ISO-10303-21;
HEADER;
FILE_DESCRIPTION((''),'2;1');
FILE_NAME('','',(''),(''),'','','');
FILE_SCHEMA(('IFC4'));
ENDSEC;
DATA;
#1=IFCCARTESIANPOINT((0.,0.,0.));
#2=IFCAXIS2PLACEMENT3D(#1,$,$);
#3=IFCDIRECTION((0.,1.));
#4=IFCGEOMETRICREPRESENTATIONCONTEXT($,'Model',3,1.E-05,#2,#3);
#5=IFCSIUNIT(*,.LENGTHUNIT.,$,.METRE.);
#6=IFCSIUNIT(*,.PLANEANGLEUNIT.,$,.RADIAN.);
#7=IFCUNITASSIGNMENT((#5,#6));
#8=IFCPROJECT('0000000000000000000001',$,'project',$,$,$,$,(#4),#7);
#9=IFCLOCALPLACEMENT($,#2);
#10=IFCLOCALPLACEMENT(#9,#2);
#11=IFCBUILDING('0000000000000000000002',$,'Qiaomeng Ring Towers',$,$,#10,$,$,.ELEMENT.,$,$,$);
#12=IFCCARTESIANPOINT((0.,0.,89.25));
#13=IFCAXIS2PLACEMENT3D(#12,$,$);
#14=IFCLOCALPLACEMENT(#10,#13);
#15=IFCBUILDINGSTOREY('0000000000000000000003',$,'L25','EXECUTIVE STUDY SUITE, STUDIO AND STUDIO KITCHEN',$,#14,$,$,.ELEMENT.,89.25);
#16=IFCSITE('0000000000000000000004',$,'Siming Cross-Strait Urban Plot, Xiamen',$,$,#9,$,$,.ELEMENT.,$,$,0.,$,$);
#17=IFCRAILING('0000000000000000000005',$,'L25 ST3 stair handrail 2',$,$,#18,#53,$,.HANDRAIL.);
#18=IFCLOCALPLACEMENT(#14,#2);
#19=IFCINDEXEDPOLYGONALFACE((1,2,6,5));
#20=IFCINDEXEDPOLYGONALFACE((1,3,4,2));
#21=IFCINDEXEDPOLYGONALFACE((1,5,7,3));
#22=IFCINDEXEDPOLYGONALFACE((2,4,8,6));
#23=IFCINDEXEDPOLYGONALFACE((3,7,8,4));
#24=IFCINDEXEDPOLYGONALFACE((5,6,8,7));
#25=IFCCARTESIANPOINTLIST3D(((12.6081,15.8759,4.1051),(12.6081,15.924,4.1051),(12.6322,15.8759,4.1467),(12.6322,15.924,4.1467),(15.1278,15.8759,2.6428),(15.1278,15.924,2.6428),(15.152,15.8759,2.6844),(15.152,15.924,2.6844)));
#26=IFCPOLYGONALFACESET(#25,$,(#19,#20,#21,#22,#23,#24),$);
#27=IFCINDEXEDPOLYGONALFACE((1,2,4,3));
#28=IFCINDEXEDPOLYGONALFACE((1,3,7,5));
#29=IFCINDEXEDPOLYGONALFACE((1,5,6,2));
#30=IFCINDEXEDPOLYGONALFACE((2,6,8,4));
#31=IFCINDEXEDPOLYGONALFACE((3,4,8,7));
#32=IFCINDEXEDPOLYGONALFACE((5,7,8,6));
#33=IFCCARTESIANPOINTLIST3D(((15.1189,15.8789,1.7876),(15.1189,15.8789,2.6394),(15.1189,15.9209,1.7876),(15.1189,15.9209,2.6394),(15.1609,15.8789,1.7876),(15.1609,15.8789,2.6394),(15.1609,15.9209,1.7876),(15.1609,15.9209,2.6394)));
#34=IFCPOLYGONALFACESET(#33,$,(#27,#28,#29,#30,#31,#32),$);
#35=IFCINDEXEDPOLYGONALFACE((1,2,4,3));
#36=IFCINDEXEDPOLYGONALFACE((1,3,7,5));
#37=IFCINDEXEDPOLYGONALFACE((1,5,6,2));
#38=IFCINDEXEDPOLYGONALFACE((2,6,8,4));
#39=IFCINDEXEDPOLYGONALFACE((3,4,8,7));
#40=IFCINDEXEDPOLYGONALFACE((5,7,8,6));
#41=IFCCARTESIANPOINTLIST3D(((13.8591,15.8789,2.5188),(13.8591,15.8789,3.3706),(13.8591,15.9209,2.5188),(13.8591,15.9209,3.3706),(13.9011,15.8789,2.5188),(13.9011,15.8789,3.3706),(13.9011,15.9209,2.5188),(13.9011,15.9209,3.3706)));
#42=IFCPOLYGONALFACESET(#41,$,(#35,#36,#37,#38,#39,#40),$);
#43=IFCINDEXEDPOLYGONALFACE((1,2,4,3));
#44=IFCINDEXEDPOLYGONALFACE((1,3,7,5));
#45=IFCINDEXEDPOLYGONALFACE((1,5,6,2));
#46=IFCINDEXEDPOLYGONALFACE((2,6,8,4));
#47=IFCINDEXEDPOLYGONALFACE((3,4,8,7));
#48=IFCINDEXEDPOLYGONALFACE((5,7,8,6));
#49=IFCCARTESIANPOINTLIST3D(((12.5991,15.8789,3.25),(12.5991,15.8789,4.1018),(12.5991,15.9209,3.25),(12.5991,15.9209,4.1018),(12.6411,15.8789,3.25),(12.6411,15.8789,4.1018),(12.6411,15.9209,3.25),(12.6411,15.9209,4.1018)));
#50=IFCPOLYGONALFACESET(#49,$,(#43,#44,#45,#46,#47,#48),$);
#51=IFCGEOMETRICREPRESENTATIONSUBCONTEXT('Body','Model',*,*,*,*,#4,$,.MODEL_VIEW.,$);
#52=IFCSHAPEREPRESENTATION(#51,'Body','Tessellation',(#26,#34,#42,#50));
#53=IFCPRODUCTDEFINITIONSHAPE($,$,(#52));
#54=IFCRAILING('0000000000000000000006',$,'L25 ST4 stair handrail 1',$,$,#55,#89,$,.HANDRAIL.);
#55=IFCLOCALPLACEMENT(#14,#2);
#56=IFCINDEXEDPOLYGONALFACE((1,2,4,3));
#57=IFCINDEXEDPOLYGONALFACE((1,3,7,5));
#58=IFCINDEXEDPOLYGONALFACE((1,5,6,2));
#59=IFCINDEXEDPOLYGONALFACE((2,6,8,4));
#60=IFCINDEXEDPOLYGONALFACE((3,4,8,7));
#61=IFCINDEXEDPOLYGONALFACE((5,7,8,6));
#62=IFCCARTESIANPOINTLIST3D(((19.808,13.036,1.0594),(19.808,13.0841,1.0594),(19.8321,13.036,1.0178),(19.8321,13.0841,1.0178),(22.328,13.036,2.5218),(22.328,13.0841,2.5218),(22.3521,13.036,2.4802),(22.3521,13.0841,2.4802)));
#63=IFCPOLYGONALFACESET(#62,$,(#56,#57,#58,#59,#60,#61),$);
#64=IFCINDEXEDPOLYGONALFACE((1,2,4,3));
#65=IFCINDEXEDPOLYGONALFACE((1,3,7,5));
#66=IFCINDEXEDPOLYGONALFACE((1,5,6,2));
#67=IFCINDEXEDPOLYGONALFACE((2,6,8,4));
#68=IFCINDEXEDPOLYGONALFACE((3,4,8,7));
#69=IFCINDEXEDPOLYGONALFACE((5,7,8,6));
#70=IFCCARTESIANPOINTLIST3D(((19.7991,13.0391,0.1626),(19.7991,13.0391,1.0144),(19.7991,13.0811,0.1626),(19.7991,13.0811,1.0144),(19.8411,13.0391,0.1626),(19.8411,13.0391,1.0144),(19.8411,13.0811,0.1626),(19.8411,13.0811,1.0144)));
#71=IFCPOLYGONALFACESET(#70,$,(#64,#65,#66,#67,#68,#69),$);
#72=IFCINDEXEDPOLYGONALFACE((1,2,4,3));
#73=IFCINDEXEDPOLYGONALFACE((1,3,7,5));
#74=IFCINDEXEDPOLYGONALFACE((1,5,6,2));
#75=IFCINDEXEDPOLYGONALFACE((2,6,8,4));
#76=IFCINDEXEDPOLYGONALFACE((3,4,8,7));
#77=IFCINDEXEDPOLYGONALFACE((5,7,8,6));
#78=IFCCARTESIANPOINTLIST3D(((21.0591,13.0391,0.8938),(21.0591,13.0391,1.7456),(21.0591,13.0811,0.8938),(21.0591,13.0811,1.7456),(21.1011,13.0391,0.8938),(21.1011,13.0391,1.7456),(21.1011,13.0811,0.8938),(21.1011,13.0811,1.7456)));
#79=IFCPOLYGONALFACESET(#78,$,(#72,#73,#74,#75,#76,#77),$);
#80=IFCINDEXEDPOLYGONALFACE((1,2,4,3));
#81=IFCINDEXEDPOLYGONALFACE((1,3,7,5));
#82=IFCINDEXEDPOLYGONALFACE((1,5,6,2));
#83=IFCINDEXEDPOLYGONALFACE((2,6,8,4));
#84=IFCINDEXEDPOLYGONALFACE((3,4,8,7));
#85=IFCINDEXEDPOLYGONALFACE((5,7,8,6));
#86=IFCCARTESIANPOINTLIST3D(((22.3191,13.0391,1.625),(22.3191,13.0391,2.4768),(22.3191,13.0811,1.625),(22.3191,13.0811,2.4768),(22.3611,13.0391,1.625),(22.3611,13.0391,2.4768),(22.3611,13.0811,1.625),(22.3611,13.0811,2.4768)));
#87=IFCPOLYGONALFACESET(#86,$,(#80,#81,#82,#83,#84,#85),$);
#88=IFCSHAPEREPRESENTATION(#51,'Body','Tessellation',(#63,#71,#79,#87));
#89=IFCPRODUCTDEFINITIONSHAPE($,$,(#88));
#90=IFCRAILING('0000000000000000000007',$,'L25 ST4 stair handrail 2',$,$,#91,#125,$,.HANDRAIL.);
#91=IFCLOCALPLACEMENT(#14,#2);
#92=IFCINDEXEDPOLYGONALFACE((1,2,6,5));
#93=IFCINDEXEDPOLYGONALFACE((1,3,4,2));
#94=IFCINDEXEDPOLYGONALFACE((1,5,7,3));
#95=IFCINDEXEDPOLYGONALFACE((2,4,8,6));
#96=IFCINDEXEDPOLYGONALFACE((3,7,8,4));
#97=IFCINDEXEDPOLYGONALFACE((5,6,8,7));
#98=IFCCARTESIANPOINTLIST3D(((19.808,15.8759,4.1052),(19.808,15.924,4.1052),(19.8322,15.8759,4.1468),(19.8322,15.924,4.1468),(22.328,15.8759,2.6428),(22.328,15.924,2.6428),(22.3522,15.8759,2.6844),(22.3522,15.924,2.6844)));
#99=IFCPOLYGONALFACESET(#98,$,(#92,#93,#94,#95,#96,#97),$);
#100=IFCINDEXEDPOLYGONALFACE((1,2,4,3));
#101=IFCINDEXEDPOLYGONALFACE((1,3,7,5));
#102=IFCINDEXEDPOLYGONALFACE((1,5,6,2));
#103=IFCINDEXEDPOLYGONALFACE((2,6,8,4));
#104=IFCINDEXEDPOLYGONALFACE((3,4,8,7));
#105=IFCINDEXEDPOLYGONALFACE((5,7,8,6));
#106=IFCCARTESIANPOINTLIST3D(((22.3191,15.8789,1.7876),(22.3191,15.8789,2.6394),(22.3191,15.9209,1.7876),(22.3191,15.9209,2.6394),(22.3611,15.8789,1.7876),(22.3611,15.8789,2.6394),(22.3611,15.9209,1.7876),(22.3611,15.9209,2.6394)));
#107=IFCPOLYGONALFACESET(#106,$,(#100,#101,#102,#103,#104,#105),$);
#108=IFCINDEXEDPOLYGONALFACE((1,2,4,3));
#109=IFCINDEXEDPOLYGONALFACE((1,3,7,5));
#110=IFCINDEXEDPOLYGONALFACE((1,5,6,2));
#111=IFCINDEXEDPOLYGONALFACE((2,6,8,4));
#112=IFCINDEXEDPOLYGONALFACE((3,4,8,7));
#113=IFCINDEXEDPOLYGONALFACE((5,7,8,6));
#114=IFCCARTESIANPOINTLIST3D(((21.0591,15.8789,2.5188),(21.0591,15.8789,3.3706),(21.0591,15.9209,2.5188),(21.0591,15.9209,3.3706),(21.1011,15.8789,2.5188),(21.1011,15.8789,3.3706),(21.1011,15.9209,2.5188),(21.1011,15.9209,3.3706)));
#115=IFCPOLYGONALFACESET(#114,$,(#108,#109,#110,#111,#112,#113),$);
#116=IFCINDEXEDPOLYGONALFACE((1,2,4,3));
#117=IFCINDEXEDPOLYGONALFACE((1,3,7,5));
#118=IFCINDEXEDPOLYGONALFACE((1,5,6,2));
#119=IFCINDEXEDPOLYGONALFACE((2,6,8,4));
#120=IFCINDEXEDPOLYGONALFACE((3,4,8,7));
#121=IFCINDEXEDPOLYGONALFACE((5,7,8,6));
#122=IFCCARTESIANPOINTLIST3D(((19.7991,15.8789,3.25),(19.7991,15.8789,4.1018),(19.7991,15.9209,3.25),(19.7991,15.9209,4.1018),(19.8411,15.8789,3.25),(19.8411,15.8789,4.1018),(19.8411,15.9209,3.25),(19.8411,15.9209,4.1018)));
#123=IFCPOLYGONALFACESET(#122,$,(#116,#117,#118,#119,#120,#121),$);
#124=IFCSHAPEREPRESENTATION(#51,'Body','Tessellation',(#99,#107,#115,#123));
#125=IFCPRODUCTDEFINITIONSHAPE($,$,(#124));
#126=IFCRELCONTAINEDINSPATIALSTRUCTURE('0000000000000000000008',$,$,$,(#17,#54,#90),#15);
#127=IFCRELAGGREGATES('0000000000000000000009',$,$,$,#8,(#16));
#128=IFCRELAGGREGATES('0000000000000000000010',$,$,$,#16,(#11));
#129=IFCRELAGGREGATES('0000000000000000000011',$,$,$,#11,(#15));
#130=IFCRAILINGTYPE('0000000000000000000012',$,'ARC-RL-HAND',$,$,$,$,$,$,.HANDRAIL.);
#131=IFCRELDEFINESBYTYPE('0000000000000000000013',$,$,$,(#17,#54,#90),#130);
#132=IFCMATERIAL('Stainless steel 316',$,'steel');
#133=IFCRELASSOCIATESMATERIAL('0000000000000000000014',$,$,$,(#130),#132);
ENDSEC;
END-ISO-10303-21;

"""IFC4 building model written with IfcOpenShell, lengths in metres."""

from ifc_helpers import new_model, si_unit, direction, frame, origin, origin_2d, place, context, subcontext, project, spatial, rectangle, extrude, material, type_object, element, save


model = new_model("IFC4")

# Units and contexts
model_context = context("Model", 3, precision=1e-05, world=origin(), true_north=direction((0.0, 1.0)))
body_context = subcontext(model_context, "Body", "Model", "MODEL_VIEW")
ifc_project = project(units=[si_unit("LENGTHUNIT", "METRE"), si_unit("PLANEANGLEUNIT", "RADIAN")], contexts=[model_context])

# Site, building, storey
site_placement = place(None, origin())
site = spatial("IfcSite", under=ifc_project, at=site_placement, Name="Siming Cross-Strait Urban Plot, Xiamen", CompositionType="ELEMENT", RefElevation=0.0)
building_placement = place(site_placement, origin())
building = spatial("IfcBuilding", under=site, at=building_placement, Name="Qiaomeng Ring Towers", CompositionType="ELEMENT")
storey_placement = place(building_placement, frame((0.0, 0.0, 89.25)))
storey = spatial("IfcBuildingStorey", under=building, at=storey_placement, Name="L25", Description="EXECUTIVE STUDY SUITE, STUDIO AND STUDIO KITCHEN", CompositionType="ELEMENT", Elevation=89.25)

# Railings
ifc_material_1 = material(Name="Stainless steel 316", Category="steel")
railing_type_1 = type_object("IfcRailingType", Name="ARC-RL-HAND", PredefinedType="HANDRAIL", material=ifc_material_1)
railing_1_placement = place(storey_placement, frame((15.1399, 15.8999, 1.7876)))
element("IfcRailing", 1, at=railing_1_placement, inside=storey, type_object=railing_type_1, Name="L25 ST3 stair handrail 2", PredefinedType="HANDRAIL", context=body_context, shape_type="SweptSolid", body=[
    extrude(rectangle(XDim=0.0481, YDim=0.0481, at=origin_2d()), frame((0.0, 0.0, 0.876), z_axis=(-0.864892, 0.0, 0.501958), x_axis=(0.0, -1.0, 0.0)), (0.0, 0.0, 1.0), 2.9133),
    extrude(rectangle(XDim=0.042, YDim=0.042, at=origin_2d()), origin(), (0.0, 0.0, 1.0), 0.8518),
    extrude(rectangle(XDim=0.042, YDim=0.042, at=origin_2d()), frame((-1.2598, 0.0, 0.7312)), (0.0, 0.0, 1.0), 0.8518),
    extrude(rectangle(XDim=0.042, YDim=0.042, at=origin_2d()), frame((-2.5198, 0.0, 1.4624)), (0.0, 0.0, 1.0), 0.8518),
])
railing_2_placement = place(storey_placement, frame((19.8201, 13.0601, 0.1626)))
element("IfcRailing", 2, at=railing_2_placement, inside=storey, type_object=railing_type_1, Name="L25 ST4 stair handrail 1", PredefinedType="HANDRAIL", context=body_context, shape_type="SweptSolid", body=[
    extrude(rectangle(XDim=0.0481, YDim=0.0481, at=origin_2d()), frame((0.0, 0.0, 0.876), z_axis=(0.864913, 0.0, 0.501921), x_axis=(0.0, 1.0, 0.0)), (0.0, 0.0, 1.0), 2.9136),
    extrude(rectangle(XDim=0.042, YDim=0.042, at=origin_2d()), origin(), (0.0, 0.0, 1.0), 0.8518),
    extrude(rectangle(XDim=0.042, YDim=0.042, at=origin_2d()), frame((1.26, 0.0, 0.7312)), (0.0, 0.0, 1.0), 0.8518),
    extrude(rectangle(XDim=0.042, YDim=0.042, at=origin_2d()), frame((2.52, 0.0, 1.4624)), (0.0, 0.0, 1.0), 0.8518),
])
railing_3_placement = place(storey_placement, frame((22.3401, 15.8999, 1.7876)))
element("IfcRailing", 3, at=railing_3_placement, inside=storey, type_object=railing_type_1, Name="L25 ST4 stair handrail 2", PredefinedType="HANDRAIL", context=body_context, shape_type="SweptSolid", body=[
    extrude(rectangle(XDim=0.0481, YDim=0.0481, at=origin_2d()), frame((0.0, 0.0, 0.876), z_axis=(-0.864913, 0.0, 0.501921), x_axis=(0.0, -1.0, 0.0)), (0.0, 0.0, 1.0), 2.9136),
    extrude(rectangle(XDim=0.042, YDim=0.042, at=origin_2d()), origin(), (0.0, 0.0, 1.0), 0.8518),
    extrude(rectangle(XDim=0.042, YDim=0.042, at=origin_2d()), frame((-1.26, 0.0, 0.7312)), (0.0, 0.0, 1.0), 0.8518),
    extrude(rectangle(XDim=0.042, YDim=0.042, at=origin_2d()), frame((-2.52, 0.0, 1.4624)), (0.0, 0.0, 1.0), 0.8518),
])

save(model, "model.ifc")
